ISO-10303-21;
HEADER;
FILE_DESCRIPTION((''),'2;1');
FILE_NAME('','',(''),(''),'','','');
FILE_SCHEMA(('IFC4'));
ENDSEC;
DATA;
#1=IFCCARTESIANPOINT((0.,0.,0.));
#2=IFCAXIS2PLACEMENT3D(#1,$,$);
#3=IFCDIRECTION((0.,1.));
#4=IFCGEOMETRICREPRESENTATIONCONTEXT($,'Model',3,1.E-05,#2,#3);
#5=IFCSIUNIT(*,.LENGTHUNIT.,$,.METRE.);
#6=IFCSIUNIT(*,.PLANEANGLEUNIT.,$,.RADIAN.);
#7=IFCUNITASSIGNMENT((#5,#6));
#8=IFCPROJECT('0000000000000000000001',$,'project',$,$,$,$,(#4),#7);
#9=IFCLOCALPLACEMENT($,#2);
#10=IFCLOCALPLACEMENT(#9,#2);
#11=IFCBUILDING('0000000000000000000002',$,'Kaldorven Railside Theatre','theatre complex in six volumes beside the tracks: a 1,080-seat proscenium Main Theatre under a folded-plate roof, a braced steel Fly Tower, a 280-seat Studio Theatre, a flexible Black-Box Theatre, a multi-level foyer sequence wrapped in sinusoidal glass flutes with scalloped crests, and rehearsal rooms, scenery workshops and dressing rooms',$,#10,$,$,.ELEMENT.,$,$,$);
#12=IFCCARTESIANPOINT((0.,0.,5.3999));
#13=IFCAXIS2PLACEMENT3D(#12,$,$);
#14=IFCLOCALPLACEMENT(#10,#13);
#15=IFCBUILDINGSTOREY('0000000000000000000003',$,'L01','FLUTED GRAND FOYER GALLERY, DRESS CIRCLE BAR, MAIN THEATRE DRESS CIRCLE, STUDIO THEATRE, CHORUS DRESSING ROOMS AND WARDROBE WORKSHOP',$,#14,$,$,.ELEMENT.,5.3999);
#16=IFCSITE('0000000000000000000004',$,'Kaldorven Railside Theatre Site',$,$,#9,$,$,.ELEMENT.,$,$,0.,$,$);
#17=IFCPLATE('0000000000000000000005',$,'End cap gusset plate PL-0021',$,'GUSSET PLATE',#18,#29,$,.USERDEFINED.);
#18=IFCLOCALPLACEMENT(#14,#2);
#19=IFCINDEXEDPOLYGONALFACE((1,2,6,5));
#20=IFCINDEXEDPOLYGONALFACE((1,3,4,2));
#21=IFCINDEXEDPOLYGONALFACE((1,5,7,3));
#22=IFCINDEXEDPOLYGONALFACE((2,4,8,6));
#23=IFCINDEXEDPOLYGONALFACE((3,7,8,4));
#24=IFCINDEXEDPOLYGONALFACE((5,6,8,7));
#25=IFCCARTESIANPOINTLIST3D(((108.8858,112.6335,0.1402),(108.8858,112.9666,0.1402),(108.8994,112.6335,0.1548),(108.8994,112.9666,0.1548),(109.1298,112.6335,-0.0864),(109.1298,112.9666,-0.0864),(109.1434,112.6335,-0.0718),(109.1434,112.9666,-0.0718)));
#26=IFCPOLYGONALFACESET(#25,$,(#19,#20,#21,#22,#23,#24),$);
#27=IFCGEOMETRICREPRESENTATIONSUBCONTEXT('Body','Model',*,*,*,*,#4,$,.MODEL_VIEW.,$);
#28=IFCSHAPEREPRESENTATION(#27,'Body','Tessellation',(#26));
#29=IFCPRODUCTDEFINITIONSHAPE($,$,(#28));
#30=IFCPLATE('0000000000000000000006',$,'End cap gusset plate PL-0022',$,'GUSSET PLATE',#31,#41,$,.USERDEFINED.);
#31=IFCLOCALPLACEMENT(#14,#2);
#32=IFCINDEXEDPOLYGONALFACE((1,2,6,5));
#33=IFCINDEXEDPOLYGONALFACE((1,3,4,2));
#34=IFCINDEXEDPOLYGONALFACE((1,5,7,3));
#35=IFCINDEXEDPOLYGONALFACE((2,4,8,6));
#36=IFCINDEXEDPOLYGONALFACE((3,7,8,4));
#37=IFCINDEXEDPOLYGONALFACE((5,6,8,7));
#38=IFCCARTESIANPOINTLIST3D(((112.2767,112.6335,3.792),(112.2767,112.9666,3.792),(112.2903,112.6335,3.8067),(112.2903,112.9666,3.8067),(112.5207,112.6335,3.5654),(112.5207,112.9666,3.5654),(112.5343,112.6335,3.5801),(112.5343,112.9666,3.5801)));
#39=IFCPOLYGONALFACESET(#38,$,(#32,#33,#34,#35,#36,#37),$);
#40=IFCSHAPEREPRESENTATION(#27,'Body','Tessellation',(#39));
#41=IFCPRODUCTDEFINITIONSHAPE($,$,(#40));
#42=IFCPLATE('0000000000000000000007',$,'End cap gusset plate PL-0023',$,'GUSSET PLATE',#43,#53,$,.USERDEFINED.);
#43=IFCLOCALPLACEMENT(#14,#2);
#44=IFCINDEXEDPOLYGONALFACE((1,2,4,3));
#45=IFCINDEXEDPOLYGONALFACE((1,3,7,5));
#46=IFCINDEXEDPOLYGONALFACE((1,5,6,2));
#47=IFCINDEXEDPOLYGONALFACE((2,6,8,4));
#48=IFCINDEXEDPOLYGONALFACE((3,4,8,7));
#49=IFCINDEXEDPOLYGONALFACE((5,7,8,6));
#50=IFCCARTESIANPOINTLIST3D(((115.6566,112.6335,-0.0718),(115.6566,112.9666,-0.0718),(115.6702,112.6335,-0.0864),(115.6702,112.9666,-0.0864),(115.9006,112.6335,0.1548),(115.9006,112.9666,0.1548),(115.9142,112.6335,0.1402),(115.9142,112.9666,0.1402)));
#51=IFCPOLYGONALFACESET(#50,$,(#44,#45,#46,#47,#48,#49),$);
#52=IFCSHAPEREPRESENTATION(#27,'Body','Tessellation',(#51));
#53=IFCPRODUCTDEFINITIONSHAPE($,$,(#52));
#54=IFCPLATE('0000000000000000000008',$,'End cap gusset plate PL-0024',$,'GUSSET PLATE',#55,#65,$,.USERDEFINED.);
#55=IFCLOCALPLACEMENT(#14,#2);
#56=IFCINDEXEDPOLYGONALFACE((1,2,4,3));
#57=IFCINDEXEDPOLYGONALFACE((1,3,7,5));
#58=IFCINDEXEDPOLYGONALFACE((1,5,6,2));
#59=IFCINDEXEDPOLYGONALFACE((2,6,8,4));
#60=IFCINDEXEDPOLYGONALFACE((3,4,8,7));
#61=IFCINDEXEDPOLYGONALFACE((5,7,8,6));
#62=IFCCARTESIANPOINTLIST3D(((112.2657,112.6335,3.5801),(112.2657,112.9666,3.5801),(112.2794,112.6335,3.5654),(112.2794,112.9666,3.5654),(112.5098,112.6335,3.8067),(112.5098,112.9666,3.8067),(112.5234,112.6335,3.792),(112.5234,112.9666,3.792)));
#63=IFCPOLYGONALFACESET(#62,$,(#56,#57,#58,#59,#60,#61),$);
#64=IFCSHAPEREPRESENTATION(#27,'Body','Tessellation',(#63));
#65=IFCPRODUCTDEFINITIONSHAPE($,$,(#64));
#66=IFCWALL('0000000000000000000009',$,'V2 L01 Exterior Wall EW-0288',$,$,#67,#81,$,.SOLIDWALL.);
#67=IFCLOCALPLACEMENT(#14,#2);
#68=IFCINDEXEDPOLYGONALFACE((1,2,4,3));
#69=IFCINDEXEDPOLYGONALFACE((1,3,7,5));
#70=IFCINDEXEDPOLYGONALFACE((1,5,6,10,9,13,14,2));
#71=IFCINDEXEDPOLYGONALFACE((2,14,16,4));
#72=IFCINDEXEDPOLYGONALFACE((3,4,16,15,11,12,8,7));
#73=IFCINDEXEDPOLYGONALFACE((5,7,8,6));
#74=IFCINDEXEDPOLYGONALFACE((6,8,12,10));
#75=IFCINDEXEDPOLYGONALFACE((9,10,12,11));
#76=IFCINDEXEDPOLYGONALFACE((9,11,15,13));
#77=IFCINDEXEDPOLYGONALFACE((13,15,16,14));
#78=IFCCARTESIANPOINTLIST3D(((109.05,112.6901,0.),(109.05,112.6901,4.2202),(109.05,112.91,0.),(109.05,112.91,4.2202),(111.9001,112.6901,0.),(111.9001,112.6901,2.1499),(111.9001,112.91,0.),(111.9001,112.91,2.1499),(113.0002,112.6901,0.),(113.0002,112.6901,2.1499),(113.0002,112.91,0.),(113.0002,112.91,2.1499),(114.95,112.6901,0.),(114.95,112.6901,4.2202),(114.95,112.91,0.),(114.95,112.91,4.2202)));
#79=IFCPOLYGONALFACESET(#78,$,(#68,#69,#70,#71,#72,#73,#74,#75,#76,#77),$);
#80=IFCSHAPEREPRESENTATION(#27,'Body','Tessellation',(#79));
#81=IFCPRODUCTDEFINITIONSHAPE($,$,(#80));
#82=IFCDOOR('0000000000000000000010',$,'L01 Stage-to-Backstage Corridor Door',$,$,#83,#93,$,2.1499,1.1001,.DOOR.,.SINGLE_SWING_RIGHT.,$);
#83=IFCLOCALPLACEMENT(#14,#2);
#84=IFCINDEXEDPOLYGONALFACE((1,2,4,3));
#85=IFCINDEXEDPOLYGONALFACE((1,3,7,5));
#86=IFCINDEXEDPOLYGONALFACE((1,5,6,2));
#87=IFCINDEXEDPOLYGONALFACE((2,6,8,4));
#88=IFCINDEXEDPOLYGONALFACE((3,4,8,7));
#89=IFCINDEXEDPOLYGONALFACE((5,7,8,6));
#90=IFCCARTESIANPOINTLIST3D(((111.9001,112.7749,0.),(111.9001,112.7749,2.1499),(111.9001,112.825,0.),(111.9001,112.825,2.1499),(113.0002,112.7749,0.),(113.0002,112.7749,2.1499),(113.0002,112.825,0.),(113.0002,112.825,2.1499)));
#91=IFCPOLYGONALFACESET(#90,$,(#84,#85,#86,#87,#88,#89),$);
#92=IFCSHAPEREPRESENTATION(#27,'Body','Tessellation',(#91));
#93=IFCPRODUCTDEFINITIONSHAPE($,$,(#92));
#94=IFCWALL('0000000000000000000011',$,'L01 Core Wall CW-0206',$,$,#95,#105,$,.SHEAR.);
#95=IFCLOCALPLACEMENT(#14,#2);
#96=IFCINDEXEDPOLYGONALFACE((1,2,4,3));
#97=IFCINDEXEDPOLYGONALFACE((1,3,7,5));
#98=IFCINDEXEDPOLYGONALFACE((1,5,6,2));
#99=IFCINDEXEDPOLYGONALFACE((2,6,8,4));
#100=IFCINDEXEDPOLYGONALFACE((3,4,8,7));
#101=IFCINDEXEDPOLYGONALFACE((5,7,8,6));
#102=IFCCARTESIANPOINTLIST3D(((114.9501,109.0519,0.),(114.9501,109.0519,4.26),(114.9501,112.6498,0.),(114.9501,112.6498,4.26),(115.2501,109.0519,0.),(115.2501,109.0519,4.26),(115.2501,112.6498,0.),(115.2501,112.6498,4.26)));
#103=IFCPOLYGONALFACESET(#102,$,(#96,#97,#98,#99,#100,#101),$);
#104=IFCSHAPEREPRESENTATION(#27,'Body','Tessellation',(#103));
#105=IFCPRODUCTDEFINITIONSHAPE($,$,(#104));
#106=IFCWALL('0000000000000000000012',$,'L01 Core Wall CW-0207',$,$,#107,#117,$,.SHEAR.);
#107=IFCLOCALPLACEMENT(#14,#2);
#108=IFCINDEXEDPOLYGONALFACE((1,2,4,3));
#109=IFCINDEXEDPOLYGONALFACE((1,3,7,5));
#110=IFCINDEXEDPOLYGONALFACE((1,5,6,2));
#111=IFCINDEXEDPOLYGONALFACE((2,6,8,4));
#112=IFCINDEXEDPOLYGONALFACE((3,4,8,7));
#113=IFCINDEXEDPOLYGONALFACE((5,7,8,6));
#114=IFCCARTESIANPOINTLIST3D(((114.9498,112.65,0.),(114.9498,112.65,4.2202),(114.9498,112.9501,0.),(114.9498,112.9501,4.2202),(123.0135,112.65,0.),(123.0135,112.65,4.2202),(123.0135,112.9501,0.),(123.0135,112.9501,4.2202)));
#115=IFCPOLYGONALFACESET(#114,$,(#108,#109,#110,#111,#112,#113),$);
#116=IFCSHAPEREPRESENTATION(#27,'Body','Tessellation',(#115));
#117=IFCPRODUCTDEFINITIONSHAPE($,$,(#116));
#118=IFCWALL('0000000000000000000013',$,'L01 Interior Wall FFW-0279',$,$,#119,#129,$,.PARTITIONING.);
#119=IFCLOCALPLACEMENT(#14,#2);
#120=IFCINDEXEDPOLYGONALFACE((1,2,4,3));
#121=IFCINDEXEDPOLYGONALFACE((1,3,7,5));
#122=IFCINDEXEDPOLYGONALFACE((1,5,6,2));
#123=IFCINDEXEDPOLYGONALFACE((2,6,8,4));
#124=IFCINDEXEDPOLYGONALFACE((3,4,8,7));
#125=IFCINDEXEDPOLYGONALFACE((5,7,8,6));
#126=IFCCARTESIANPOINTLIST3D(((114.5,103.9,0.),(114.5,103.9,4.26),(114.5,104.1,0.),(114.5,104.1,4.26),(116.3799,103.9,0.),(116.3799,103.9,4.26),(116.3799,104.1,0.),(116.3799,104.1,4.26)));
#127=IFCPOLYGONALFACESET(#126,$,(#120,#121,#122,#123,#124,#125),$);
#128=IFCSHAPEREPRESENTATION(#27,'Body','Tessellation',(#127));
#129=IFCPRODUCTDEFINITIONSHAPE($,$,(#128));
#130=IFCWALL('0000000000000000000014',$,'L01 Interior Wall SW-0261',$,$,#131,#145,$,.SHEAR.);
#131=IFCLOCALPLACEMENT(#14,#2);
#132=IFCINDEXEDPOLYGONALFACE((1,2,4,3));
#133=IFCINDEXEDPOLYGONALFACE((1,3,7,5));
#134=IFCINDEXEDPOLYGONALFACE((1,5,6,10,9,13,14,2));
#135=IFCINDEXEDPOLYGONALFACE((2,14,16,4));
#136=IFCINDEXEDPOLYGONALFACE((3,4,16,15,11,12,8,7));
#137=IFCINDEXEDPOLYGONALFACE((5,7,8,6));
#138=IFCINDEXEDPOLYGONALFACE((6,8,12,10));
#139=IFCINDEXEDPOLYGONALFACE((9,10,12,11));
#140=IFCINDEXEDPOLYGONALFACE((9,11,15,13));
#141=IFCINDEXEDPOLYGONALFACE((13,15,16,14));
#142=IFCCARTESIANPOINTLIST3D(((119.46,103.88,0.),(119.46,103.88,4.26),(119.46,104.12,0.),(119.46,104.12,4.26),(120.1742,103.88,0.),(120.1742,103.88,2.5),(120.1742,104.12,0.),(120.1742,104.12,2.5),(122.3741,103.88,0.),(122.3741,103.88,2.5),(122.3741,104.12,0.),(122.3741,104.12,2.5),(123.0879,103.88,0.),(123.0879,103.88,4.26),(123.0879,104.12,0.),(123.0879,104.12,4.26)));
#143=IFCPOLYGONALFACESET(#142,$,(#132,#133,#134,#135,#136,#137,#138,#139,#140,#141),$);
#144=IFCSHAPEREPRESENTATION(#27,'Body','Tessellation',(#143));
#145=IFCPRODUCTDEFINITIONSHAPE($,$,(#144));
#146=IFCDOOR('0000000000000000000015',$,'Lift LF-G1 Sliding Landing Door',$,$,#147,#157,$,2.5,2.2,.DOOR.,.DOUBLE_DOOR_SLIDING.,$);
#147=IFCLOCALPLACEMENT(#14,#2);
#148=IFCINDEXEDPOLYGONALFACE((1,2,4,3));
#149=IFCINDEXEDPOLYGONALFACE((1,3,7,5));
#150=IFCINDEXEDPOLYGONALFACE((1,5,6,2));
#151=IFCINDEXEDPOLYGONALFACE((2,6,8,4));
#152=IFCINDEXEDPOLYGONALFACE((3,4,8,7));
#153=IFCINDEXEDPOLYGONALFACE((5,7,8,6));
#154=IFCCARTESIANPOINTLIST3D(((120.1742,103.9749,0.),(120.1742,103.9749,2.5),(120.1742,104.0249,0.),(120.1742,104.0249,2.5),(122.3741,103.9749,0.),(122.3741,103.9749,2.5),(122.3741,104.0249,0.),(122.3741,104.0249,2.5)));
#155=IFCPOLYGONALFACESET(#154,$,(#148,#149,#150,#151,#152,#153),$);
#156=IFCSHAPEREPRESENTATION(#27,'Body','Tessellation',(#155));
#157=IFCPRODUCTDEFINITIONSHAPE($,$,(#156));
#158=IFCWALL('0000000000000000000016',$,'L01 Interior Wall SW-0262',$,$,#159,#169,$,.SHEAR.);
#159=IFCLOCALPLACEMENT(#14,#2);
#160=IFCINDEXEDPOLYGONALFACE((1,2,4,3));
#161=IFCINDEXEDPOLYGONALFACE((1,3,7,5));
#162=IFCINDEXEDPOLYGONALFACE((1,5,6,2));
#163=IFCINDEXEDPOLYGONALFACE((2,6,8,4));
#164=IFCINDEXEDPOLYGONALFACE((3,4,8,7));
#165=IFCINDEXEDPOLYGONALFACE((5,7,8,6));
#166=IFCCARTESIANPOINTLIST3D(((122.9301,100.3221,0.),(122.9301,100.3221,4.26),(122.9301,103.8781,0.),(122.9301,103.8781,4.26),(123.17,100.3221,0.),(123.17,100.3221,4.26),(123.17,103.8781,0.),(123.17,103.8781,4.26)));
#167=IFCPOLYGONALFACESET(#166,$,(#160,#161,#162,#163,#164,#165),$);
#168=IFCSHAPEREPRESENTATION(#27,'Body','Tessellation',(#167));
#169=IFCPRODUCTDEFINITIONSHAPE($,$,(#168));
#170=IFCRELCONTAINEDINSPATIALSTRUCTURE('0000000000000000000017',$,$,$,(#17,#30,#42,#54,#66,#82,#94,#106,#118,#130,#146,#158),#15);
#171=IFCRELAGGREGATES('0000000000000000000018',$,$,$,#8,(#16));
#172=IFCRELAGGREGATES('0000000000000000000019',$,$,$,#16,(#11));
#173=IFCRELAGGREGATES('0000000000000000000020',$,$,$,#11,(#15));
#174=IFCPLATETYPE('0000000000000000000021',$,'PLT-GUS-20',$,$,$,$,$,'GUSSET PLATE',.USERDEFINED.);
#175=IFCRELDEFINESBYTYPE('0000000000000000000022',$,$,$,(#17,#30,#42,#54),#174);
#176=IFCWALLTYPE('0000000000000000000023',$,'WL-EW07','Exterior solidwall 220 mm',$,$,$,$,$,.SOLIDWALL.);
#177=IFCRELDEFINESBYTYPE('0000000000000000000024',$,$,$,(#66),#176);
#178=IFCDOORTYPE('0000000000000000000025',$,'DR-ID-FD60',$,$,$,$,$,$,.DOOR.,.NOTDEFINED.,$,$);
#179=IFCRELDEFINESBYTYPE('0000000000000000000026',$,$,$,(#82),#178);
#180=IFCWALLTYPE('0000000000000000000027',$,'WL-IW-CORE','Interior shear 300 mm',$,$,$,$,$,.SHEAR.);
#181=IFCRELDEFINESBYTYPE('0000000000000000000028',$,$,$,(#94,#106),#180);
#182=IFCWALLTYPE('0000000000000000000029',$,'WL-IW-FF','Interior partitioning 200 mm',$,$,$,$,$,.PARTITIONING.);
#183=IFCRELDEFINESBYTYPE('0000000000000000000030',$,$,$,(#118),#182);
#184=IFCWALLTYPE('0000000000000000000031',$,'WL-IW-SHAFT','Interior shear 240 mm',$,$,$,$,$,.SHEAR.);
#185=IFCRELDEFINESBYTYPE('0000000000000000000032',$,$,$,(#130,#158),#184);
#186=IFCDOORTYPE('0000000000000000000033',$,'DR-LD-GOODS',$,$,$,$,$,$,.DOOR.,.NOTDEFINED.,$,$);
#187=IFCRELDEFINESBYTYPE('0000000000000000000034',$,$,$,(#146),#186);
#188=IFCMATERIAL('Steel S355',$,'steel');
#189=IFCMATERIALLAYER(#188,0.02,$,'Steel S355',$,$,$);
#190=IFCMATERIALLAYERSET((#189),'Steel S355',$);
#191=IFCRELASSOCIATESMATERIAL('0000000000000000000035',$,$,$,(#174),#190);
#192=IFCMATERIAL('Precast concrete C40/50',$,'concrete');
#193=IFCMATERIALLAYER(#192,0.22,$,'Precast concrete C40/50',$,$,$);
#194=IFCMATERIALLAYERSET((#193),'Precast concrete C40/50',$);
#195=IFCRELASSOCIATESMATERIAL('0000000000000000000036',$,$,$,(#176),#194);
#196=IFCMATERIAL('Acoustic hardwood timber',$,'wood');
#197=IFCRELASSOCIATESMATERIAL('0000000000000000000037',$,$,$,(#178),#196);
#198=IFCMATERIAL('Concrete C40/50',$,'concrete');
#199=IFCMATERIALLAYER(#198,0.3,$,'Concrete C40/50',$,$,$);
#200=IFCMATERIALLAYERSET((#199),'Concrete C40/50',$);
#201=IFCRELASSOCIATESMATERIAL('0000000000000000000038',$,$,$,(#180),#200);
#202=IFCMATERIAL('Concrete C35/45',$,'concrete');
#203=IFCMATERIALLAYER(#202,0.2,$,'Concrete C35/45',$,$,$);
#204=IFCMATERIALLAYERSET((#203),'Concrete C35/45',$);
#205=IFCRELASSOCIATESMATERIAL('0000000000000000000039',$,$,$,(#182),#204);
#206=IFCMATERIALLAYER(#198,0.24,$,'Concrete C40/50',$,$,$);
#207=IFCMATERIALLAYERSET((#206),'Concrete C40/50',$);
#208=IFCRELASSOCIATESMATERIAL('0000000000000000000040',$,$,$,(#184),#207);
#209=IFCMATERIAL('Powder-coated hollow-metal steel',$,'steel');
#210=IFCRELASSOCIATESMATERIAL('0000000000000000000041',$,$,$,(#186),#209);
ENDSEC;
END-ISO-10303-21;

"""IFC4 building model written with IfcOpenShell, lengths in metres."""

from ifc_helpers import new_model, si_unit, direction, frame, frame_2d, origin, origin_2d, place, context, subcontext, project, spatial, rectangle, extrude, material, layer, layer_set, type_object, element, fill, save


model = new_model("IFC4")

# Units and contexts
model_context = context("Model", 3, precision=1e-05, world=origin(), true_north=direction((0.0, 1.0)))
body_context = subcontext(model_context, "Body", "Model", "MODEL_VIEW")
ifc_project = project(units=[si_unit("LENGTHUNIT", "METRE"), si_unit("PLANEANGLEUNIT", "RADIAN")], contexts=[model_context])

# Site, building, storey
site_placement = place(None, origin())
site = spatial("IfcSite", under=ifc_project, at=site_placement, Name="Kaldorven Railside Theatre Site", CompositionType="ELEMENT", RefElevation=0.0)
building_placement = place(site_placement, origin())
building = spatial("IfcBuilding", under=site, at=building_placement, Name="Kaldorven Railside Theatre", Description="theatre complex in six volumes beside the tracks: a 1,080-seat proscenium Main Theatre under a folded-plate roof, a braced steel Fly Tower, a 280-seat Studio Theatre, a flexible Black-Box Theatre, a multi-level foyer sequence wrapped in sinusoidal glass flutes with scalloped crests, and rehearsal rooms, scenery workshops and dressing rooms", CompositionType="ELEMENT")
storey_placement = place(building_placement, frame((0.0, 0.0, 5.3999)))
storey = spatial("IfcBuildingStorey", under=building, at=storey_placement, Name="L01", Description="FLUTED GRAND FOYER GALLERY, DRESS CIRCLE BAR, MAIN THEATRE DRESS CIRCLE, STUDIO THEATRE, CHORUS DRESSING ROOMS AND WARDROBE WORKSHOP", CompositionType="ELEMENT", Elevation=5.3999)

# Shared definitions
ifc_material_1 = material(Name="Concrete C40/50", Category="concrete")

# Shared definitions
ifc_material_2 = material(Name="Steel S355", Category="steel")

# Plates
ifc_layer_1 = layer(ifc_material_2, 0.02, Name="Steel S355")
ifc_layer_set_1 = layer_set([ifc_layer_1], Name="Steel S355")
plate_type = type_object("IfcPlateType", Name="PLT-GUS-20", ElementType="GUSSET PLATE", PredefinedType="USERDEFINED", material=ifc_layer_set_1)
for number, where, z_axis, x_axis, name in (
    (1, (109.0078, 112.8, 0.0269), (0.680465, 0.0, 0.73278), (0.0, 1.0, 0.0), "End cap gusset plate PL-0021"),
    (2, (112.3987, 112.8, 3.6787), (0.680465, 0.0, 0.73278), (0.0, 1.0, 0.0), "End cap gusset plate PL-0022"),
    (3, (115.7922, 112.8, 0.0269), (-0.680465, 0.0, 0.73278), (0.0, -1.0, 0.0), "End cap gusset plate PL-0023"),
    (4, (112.4014, 112.8, 3.6787), (-0.680465, 0.0, 0.73278), (0.0, -1.0, 0.0), "End cap gusset plate PL-0024"),
):
    element("IfcPlate", number, at=place(storey_placement, frame(where, z_axis=z_axis, x_axis=x_axis)), inside=storey, type_object=plate_type, Name=name, ObjectType="GUSSET PLATE", PredefinedType="USERDEFINED", context=body_context, shape_type="SweptSolid", body=[
        extrude(rectangle(XDim=0.333, YDim=0.333, at=origin_2d()), origin(), (0.0, 0.0, 1.0), 0.02),
    ])

# Wall, opening, door
ifc_material_3 = material(Name="Precast concrete C40/50", Category="concrete")
ifc_layer_2 = layer(ifc_material_3, 0.22, Name="Precast concrete C40/50")
ifc_layer_set_2 = layer_set([ifc_layer_2], Name="Precast concrete C40/50")
wall_type_1 = type_object("IfcWallType", Name="WL-EW07", Description="Exterior solidwall 220 mm", PredefinedType="SOLIDWALL", material=ifc_layer_set_2)
wall_1_placement = place(storey_placement, frame((109.05, 112.8, 0.0), z_axis=(0.0, 0.0, 1.0), x_axis=(1.0, 0.0, 0.0)))
wall_1 = element("IfcWall", 5, at=wall_1_placement, inside=storey, type_object=wall_type_1, Name="V2 L01 Exterior Wall EW-0288", PredefinedType="SOLIDWALL", context=body_context, shape_type="SweptSolid", body=[
    extrude(rectangle(XDim=5.8999, YDim=0.22, at=frame_2d((2.95, 0.0))), origin(), (0.0, 0.0, 1.0), 4.2202),
])
opening_1_placement = place(wall_1_placement, frame((2.8501, 0.0, 0.0)))
opening_1 = element("IfcOpeningElement", 6, at=opening_1_placement, cuts=wall_1, PredefinedType="OPENING", context=body_context, shape_type="SweptSolid", body=[
    extrude(rectangle(XDim=1.1001, YDim=2.1499, at=frame_2d((0.55, 1.075))), frame((0.0, 0.1201, 0.0), z_axis=(0.0, -1.0, 0.0), x_axis=(1.0, 0.0, 0.0)), (0.0, 0.0, 1.0), 0.24),
])
ifc_material_4 = material(Name="Acoustic hardwood timber", Category="wood")
door_type_1 = type_object("IfcDoorType", Name="DR-ID-FD60", OperationType="NOTDEFINED", PredefinedType="DOOR", material=ifc_material_4)
door_1_placement = place(opening_1_placement, origin())
door_1 = element("IfcDoor", 7, at=door_1_placement, inside=storey, type_object=door_type_1, Name="L01 Stage-to-Backstage Corridor Door", OperationType="SINGLE_SWING_RIGHT", OverallHeight=2.1499, OverallWidth=1.1001, PredefinedType="DOOR", context=body_context, shape_type="SweptSolid", body=[
    extrude(rectangle(XDim=1.1001, YDim=2.1499, at=frame_2d((0.55, 1.075))), frame((0.0, 0.0249, 0.0), z_axis=(0.0, -1.0, 0.0), x_axis=(1.0, 0.0, 0.0)), (0.0, 0.0, 1.0), 0.05),
])
fill(opening_1, door_1)

# Walls
ifc_layer_3 = layer(ifc_material_1, 0.3, Name="Concrete C40/50")
ifc_layer_set_3 = layer_set([ifc_layer_3], Name="Concrete C40/50")
wall_type_2 = type_object("IfcWallType", Name="WL-IW-CORE", Description="Interior shear 300 mm", PredefinedType="SHEAR", material=ifc_layer_set_3)
wall_2_placement = place(storey_placement, frame((115.1001, 109.052, 0.0), z_axis=(0.0, 0.0, 1.0), x_axis=(0.0, 1.0, 0.0)))
element("IfcWall", 8, at=wall_2_placement, inside=storey, type_object=wall_type_2, Name="L01 Core Wall CW-0206", PredefinedType="SHEAR", context=body_context, shape_type="SweptSolid", body=[
    extrude(rectangle(XDim=3.5979, YDim=0.3, at=frame_2d((1.7988, 0.0))), origin(), (0.0, 0.0, 1.0), 4.26),
])
wall_3_placement = place(storey_placement, frame((114.95, 112.8, 0.0), z_axis=(0.0, 0.0, 1.0), x_axis=(1.0, 0.0, 0.0)))
element("IfcWall", 9, at=wall_3_placement, inside=storey, type_object=wall_type_2, Name="L01 Core Wall CW-0207", PredefinedType="SHEAR", context=body_context, shape_type="SweptSolid", body=[
    extrude(rectangle(XDim=8.0637, YDim=0.3, at=frame_2d((4.0317, 0.0))), origin(), (0.0, 0.0, 1.0), 4.2202),
])
ifc_material_5 = material(Name="Concrete C35/45", Category="concrete")
ifc_layer_4 = layer(ifc_material_5, 0.2, Name="Concrete C35/45")
ifc_layer_set_4 = layer_set([ifc_layer_4], Name="Concrete C35/45")
wall_type_3 = type_object("IfcWallType", Name="WL-IW-FF", Description="Interior partitioning 200 mm", PredefinedType="PARTITIONING", material=ifc_layer_set_4)
wall_4_placement = place(storey_placement, frame((116.3799, 104.0, 0.0), z_axis=(0.0, 0.0, 1.0), x_axis=(-1.0, 0.0, 0.0)))
element("IfcWall", 10, at=wall_4_placement, inside=storey, type_object=wall_type_3, Name="L01 Interior Wall FFW-0279", PredefinedType="PARTITIONING", context=body_context, shape_type="SweptSolid", body=[
    extrude(rectangle(XDim=1.8799, YDim=0.2, at=frame_2d((0.9399, 0.0))), origin(), (0.0, 0.0, 1.0), 4.26),
])

# Wall, opening, door
ifc_material_6 = material(Name="Powder-coated hollow-metal steel", Category="steel")
ifc_layer_5 = layer(ifc_material_1, 0.24, Name="Concrete C40/50")
ifc_layer_set_5 = layer_set([ifc_layer_5], Name="Concrete C40/50")
wall_type_4 = type_object("IfcWallType", Name="WL-IW-SHAFT", Description="Interior shear 240 mm", PredefinedType="SHEAR", material=ifc_layer_set_5)
wall_5_placement = place(storey_placement, frame((119.46, 104.0, 0.0), z_axis=(0.0, 0.0, 1.0), x_axis=(1.0, 0.0, 0.0)))
wall_5 = element("IfcWall", 11, at=wall_5_placement, inside=storey, type_object=wall_type_4, Name="L01 Interior Wall SW-0261", PredefinedType="SHEAR", context=body_context, shape_type="SweptSolid", body=[
    extrude(rectangle(XDim=3.6279, YDim=0.24, at=frame_2d((1.814, 0.0))), origin(), (0.0, 0.0, 1.0), 4.26),
])
opening_2_placement = place(wall_5_placement, frame((0.7141, 0.0, 0.0)))
opening_2 = element("IfcOpeningElement", 12, at=opening_2_placement, cuts=wall_5, PredefinedType="OPENING", context=body_context, shape_type="SweptSolid", body=[
    extrude(rectangle(XDim=2.2, YDim=2.5, at=frame_2d((1.1001, 1.25))), frame((0.0, 0.1299, 0.0), z_axis=(0.0, -1.0, 0.0), x_axis=(1.0, 0.0, 0.0)), (0.0, 0.0, 1.0), 0.26),
])
door_type_2 = type_object("IfcDoorType", Name="DR-LD-GOODS", OperationType="NOTDEFINED", PredefinedType="DOOR", material=ifc_material_6)
door_2_placement = place(opening_2_placement, origin())
door_2 = element("IfcDoor", 13, at=door_2_placement, inside=storey, type_object=door_type_2, Name="Lift LF-G1 Sliding Landing Door", OperationType="DOUBLE_DOOR_SLIDING", OverallHeight=2.5, OverallWidth=2.2, PredefinedType="DOOR", context=body_context, shape_type="SweptSolid", body=[
    extrude(rectangle(XDim=2.2, YDim=2.5, at=frame_2d((1.1001, 1.25))), frame((0.0, 0.0249, 0.0), z_axis=(0.0, -1.0, 0.0), x_axis=(1.0, 0.0, 0.0)), (0.0, 0.0, 1.0), 0.05),
])
fill(opening_2, door_2)

# Wall
wall_6_placement = place(storey_placement, frame((123.05, 103.8779, 0.0), z_axis=(0.0, 0.0, 1.0), x_axis=(0.0, -1.0, 0.0)))
element("IfcWall", 14, at=wall_6_placement, inside=storey, type_object=wall_type_4, Name="L01 Interior Wall SW-0262", PredefinedType="SHEAR", context=body_context, shape_type="SweptSolid", body=[
    extrude(rectangle(XDim=3.5559, YDim=0.24, at=frame_2d((1.7778, 0.0))), origin(), (0.0, 0.0, 1.0), 4.26),
])

save(model, "model.ifc")
